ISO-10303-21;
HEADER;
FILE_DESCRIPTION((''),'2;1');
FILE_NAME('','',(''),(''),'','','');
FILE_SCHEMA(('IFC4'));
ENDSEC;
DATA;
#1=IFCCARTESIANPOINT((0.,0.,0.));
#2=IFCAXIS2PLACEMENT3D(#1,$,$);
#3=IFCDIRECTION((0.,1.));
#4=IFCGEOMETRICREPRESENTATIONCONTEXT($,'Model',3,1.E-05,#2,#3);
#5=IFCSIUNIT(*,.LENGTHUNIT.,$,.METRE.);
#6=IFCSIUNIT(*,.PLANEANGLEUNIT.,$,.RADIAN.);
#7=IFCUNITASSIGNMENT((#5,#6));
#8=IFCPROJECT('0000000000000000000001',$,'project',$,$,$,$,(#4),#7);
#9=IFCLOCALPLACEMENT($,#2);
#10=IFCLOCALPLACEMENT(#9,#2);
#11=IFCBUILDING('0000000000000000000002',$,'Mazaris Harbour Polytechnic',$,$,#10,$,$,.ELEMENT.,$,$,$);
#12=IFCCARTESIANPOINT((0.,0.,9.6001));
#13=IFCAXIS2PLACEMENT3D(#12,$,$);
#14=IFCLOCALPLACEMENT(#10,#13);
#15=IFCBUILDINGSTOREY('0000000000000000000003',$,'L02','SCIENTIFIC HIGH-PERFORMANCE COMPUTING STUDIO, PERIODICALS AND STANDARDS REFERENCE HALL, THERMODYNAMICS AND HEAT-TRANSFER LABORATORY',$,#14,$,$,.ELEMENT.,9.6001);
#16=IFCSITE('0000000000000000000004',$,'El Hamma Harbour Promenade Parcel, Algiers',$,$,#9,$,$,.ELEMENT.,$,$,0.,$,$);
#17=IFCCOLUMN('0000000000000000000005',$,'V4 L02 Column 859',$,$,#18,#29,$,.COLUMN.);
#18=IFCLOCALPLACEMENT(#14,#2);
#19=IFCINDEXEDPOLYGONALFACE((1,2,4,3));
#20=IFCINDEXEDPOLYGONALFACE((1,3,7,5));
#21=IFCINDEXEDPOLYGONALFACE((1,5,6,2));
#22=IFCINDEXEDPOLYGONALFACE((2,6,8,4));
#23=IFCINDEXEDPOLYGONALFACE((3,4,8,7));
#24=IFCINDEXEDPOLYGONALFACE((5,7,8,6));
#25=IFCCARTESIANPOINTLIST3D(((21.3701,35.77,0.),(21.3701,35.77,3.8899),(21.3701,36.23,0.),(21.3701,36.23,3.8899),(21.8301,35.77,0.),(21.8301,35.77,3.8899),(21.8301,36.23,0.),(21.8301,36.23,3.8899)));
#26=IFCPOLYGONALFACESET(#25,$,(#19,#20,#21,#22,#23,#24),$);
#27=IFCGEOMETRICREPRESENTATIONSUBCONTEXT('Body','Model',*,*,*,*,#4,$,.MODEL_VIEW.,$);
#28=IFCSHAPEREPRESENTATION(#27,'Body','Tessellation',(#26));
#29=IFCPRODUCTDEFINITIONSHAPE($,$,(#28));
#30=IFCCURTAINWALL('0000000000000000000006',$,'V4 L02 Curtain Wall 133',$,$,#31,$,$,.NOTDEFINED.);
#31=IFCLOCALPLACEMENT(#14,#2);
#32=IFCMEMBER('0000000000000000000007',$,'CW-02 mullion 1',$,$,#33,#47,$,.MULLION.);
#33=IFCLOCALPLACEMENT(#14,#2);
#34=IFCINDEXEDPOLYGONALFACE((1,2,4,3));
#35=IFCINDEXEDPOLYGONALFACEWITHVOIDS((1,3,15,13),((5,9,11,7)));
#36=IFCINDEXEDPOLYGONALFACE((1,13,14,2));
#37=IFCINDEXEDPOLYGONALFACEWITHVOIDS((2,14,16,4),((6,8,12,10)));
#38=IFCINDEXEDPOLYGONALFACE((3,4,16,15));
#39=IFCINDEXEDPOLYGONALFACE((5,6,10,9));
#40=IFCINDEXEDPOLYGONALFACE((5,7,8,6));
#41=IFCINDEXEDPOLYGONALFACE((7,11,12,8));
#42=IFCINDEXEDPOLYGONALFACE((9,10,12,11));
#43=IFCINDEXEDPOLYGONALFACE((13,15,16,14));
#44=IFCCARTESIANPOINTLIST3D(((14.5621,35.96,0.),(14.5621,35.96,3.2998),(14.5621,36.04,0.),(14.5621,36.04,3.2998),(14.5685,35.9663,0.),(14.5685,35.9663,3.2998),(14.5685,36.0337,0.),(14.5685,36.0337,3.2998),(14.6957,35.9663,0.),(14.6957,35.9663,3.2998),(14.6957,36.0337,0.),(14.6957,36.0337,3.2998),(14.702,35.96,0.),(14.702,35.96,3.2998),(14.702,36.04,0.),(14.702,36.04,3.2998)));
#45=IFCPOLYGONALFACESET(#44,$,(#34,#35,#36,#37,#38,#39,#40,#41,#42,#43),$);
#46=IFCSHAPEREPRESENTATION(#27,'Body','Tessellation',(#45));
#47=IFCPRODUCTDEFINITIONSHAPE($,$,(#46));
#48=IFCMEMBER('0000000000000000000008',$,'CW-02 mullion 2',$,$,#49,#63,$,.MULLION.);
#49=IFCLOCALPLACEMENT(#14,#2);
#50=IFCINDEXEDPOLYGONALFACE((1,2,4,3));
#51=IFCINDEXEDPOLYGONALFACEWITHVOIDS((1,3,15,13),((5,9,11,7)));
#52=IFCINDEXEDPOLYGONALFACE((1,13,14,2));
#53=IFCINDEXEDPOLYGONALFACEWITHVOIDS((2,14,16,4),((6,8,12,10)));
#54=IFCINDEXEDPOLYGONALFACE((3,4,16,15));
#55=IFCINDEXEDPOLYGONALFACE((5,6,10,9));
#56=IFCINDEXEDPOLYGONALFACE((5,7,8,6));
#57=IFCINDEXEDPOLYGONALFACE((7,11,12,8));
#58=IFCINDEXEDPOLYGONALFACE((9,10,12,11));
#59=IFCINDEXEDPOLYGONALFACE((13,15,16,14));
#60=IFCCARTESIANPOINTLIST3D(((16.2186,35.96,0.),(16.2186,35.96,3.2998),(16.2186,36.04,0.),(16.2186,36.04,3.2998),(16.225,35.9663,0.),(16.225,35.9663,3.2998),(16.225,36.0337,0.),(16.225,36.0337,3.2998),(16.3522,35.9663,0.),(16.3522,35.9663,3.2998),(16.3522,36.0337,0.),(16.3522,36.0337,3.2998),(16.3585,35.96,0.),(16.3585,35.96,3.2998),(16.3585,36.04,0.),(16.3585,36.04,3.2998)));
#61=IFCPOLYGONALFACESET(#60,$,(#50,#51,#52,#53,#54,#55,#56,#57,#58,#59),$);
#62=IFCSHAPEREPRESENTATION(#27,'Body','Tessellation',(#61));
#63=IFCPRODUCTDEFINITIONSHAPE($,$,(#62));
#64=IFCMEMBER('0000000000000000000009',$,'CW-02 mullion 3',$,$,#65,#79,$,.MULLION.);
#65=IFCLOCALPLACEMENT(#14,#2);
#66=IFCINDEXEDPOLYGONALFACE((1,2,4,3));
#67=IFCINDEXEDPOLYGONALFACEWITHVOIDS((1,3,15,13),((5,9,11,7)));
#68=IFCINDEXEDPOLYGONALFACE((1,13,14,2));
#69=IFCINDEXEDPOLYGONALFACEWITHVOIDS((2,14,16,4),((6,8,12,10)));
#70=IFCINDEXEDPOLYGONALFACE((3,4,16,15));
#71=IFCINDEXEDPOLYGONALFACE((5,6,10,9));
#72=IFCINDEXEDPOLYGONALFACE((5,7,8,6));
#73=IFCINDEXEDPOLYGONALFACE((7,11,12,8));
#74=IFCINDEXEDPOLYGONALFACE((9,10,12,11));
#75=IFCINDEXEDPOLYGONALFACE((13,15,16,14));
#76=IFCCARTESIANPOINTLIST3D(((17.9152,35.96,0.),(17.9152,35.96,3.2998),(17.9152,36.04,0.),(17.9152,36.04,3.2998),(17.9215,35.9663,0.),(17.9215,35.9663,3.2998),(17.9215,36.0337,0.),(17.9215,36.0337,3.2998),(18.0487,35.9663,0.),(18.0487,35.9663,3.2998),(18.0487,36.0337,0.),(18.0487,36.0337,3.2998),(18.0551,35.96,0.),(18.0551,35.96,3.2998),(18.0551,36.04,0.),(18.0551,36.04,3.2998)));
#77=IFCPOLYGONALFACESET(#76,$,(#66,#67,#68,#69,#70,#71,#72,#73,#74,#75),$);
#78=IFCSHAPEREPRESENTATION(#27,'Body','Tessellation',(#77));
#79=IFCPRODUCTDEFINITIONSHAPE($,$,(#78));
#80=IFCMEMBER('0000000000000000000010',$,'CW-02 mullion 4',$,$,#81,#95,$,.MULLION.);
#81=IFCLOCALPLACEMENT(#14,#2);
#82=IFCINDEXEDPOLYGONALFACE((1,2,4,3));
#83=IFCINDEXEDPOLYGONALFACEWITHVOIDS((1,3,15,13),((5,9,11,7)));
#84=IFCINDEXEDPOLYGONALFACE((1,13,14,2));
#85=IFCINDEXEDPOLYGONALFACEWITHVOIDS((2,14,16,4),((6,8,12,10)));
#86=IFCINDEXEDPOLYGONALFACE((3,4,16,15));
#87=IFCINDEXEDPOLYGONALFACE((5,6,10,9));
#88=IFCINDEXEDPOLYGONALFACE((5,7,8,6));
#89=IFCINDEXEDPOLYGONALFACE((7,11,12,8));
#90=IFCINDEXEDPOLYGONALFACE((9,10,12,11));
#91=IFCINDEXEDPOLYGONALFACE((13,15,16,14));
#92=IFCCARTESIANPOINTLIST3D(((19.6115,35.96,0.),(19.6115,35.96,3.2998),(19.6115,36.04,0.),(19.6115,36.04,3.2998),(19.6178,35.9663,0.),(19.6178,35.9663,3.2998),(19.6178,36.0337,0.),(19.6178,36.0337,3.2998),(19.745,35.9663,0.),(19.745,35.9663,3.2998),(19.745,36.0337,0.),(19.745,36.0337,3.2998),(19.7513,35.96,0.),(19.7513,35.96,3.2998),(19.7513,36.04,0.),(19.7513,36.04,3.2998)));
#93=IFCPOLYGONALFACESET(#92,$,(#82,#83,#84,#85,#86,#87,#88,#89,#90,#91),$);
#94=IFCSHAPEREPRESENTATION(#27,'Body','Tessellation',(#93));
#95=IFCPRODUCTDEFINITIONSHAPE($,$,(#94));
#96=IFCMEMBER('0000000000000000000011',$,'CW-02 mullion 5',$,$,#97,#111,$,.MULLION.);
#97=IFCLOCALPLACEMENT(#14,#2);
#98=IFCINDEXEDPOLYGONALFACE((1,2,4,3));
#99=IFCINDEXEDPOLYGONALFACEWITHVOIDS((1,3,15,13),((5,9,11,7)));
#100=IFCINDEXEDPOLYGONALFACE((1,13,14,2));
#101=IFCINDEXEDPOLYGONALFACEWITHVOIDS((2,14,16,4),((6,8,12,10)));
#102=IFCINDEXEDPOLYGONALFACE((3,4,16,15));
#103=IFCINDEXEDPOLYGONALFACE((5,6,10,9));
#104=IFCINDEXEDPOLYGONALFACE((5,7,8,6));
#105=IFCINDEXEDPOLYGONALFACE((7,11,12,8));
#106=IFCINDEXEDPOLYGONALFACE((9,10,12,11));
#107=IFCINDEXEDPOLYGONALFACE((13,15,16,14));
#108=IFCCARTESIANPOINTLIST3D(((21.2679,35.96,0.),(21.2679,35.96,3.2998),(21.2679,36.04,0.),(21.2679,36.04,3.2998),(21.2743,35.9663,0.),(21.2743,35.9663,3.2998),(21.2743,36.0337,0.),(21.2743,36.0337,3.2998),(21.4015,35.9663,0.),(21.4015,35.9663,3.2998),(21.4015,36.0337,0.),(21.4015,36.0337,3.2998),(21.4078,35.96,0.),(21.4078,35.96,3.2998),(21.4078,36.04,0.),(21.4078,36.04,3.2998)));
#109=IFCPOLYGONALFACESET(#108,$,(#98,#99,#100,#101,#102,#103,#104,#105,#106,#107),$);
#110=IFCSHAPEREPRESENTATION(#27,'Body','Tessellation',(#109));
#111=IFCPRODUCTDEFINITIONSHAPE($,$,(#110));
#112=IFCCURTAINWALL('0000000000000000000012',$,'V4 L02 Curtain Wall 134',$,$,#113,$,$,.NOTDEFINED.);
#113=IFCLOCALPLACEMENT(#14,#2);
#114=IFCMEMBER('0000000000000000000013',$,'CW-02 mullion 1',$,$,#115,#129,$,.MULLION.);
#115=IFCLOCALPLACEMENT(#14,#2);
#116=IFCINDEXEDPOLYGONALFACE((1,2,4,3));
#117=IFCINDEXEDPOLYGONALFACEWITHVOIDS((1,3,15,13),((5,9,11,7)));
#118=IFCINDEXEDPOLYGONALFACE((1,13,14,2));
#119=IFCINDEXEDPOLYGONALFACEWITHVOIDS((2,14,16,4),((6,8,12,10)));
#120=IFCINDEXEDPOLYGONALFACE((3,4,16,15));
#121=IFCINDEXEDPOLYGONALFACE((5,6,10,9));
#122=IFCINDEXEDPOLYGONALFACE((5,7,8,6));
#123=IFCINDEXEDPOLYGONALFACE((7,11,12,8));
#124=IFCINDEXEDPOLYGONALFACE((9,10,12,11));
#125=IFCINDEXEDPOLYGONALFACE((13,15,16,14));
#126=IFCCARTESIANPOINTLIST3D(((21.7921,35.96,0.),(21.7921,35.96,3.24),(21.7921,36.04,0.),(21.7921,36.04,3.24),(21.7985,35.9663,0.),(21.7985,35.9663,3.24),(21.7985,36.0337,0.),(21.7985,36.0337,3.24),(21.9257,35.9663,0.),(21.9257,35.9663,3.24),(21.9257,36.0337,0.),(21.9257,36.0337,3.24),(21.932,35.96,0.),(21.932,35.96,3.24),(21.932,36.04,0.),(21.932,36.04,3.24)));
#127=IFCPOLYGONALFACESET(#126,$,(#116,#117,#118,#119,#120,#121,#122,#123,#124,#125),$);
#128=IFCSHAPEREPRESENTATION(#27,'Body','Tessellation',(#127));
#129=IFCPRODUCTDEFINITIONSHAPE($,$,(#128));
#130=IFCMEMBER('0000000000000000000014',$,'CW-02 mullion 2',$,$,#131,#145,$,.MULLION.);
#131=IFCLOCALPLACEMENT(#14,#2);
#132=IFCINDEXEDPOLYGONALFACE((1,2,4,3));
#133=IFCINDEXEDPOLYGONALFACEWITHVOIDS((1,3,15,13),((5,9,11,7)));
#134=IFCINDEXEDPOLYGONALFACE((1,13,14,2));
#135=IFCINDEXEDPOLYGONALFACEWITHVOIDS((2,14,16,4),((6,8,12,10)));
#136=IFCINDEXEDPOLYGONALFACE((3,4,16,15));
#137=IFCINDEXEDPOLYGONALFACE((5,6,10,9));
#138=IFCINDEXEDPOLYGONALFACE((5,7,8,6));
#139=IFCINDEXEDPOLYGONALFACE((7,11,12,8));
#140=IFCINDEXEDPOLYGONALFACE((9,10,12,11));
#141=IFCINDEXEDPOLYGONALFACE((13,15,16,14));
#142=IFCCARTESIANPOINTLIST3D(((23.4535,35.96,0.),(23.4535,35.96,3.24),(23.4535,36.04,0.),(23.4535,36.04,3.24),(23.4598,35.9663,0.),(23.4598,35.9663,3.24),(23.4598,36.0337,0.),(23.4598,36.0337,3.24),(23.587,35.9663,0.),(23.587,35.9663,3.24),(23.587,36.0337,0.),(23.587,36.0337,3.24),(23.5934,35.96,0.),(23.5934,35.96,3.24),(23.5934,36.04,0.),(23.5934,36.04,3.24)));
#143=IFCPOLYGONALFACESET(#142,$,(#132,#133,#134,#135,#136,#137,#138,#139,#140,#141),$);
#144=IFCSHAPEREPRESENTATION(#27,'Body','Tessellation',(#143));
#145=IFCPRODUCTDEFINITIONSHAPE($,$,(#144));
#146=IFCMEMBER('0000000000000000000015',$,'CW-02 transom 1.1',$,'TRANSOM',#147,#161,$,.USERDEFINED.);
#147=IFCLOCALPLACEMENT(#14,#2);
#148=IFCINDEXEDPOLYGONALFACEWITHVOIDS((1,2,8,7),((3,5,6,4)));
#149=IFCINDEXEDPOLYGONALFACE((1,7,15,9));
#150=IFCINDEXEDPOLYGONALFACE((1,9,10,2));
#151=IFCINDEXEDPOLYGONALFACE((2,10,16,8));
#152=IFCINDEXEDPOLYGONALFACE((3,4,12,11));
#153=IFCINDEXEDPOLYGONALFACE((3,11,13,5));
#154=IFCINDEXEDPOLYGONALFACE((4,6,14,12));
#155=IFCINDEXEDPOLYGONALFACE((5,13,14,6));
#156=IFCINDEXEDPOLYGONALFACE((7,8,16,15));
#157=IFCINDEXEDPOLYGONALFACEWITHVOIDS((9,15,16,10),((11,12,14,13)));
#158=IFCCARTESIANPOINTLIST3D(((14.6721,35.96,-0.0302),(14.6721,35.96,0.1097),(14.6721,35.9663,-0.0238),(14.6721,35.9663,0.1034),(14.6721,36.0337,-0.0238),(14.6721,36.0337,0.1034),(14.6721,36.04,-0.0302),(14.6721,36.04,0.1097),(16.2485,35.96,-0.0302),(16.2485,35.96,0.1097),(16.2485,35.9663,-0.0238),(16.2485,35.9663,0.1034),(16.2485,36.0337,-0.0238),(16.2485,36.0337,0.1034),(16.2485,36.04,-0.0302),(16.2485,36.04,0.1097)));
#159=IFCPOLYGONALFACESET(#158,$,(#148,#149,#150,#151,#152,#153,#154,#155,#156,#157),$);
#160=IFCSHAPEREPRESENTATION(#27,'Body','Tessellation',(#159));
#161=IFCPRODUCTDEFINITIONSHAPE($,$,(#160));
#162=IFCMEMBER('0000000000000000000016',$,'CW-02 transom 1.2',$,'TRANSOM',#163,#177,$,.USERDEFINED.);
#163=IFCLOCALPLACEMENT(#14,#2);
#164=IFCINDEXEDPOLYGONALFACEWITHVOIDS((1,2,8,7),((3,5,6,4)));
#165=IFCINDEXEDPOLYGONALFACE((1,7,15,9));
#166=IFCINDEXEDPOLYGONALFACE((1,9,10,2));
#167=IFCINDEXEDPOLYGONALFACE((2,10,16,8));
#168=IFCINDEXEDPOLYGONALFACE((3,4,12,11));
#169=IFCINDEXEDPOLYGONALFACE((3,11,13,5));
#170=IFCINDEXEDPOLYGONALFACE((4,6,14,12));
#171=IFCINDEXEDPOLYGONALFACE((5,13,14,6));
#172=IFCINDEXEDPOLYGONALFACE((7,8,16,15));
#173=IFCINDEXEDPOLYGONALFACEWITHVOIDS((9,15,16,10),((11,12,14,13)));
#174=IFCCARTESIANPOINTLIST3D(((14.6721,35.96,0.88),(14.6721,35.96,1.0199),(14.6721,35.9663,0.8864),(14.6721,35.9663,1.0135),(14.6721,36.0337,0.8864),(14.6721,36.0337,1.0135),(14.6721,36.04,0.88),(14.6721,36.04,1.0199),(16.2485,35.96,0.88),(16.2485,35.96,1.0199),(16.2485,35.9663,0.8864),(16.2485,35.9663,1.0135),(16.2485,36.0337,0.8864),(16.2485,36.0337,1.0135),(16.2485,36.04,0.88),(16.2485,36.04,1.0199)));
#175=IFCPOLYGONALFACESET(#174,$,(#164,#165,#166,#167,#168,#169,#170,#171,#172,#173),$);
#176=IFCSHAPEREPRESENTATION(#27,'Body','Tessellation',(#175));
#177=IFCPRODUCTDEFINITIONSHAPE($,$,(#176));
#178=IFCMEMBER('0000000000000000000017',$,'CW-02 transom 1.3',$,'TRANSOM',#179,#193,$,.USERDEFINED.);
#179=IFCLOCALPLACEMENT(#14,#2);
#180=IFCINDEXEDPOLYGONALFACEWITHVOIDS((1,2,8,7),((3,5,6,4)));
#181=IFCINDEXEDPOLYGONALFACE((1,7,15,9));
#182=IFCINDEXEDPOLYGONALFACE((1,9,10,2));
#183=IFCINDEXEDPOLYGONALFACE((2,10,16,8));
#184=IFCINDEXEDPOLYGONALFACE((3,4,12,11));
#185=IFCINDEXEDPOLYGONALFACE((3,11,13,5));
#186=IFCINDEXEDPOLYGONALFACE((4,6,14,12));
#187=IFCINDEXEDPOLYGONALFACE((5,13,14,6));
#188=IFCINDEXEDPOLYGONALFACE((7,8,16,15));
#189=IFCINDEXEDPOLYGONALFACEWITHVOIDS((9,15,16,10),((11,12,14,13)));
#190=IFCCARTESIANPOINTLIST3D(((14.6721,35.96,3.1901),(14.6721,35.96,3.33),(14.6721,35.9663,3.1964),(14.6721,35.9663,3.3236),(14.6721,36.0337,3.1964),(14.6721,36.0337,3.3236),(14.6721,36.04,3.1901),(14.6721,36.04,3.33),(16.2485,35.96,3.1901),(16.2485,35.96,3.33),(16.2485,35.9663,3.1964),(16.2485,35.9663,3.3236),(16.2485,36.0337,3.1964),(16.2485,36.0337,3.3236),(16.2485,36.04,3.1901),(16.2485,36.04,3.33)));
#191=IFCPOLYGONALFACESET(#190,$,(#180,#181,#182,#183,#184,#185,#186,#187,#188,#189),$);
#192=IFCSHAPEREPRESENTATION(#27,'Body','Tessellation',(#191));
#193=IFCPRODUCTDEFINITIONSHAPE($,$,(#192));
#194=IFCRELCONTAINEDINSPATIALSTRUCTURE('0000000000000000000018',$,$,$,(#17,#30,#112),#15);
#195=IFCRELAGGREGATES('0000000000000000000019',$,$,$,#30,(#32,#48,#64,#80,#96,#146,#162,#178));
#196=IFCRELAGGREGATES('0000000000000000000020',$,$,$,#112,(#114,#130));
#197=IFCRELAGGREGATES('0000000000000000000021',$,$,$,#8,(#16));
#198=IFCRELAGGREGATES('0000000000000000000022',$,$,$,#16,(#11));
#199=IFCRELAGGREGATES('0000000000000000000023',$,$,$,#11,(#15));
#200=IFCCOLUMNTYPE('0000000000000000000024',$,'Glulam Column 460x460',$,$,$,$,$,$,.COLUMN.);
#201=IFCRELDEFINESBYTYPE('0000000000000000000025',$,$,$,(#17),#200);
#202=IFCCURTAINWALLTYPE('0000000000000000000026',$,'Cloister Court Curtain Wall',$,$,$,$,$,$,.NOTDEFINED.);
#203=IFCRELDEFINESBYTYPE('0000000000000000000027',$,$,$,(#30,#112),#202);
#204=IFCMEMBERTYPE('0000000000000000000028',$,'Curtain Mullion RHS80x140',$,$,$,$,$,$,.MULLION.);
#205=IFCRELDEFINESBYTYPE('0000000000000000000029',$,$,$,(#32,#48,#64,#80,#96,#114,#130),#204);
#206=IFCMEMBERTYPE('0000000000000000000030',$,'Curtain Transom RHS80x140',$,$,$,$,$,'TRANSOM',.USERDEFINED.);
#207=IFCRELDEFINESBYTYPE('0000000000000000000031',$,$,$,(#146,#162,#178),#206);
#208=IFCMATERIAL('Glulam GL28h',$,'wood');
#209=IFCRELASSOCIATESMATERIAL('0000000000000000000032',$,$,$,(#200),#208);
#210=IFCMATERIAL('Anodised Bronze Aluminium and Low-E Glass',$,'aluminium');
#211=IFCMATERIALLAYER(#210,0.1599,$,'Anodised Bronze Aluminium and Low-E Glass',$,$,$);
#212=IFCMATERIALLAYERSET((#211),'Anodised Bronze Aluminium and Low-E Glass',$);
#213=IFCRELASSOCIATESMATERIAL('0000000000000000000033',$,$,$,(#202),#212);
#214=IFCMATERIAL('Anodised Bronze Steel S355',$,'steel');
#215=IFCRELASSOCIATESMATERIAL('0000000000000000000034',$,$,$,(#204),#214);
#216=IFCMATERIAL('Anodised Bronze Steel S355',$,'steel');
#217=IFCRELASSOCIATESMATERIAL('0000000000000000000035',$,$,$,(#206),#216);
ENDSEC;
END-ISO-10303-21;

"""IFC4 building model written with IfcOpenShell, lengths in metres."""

from ifc_helpers import new_model, si_unit, direction, frame, origin, origin_2d, place, context, subcontext, project, spatial, rectangle, hollow_rectangle, extrude, material, layer, layer_set, material_profile, profile_set, type_object, element, aggregate, save


model = new_model("IFC4")

# Units and contexts
model_context = context("Model", 3, precision=1e-05, world=origin(), true_north=direction((0.0, 1.0)))
body_context = subcontext(model_context, "Body", "Model", "MODEL_VIEW")
ifc_project = project(units=[si_unit("LENGTHUNIT", "METRE"), si_unit("PLANEANGLEUNIT", "RADIAN")], contexts=[model_context])

# Site, building, storey
site_placement = place(None, origin())
site = spatial("IfcSite", under=ifc_project, at=site_placement, Name="El Hamma Harbour Promenade Parcel, Algiers", CompositionType="ELEMENT", RefElevation=0.0)
building_placement = place(site_placement, origin())
building = spatial("IfcBuilding", under=site, at=building_placement, Name="Mazaris Harbour Polytechnic", CompositionType="ELEMENT")
storey_placement = place(building_placement, frame((0.0, 0.0, 9.6001)))
storey = spatial("IfcBuildingStorey", under=building, at=storey_placement, Name="L02", Description="SCIENTIFIC HIGH-PERFORMANCE COMPUTING STUDIO, PERIODICALS AND STANDARDS REFERENCE HALL, THERMODYNAMICS AND HEAT-TRANSFER LABORATORY", CompositionType="ELEMENT", Elevation=9.6001)

# Column
ifc_material_1 = material(Name="Glulam GL28h", Category="wood")
ifc_material_profile_1 = material_profile(ifc_material_1, rectangle(XDim=0.46, YDim=0.46, at=origin_2d()), Name="RECT460x460")
ifc_profile_set_1 = profile_set([ifc_material_profile_1], Name="Glulam GL28h")
column_type = type_object("IfcColumnType", Name="Glulam Column 460x460", PredefinedType="COLUMN", material=ifc_profile_set_1)
column_placement = place(storey_placement, frame((21.6001, 36.0, 0.0), z_axis=(0.0, 0.0, 1.0), x_axis=(1.0, 0.0, 0.0)))
element("IfcColumn", 1, at=column_placement, inside=storey, type_object=column_type, Name="V4 L02 Column 859", PredefinedType="COLUMN", context=body_context, shape_type="SweptSolid", body=[
    extrude(rectangle(XDim=0.46, YDim=0.46, at=origin_2d()), origin(), (0.0, 0.0, 1.0), 3.8899),
])

# Curtain walls, members
ifc_material_2 = material(Name="Anodised Bronze Aluminium and Low-E Glass", Category="aluminium")
ifc_layer_1 = layer(ifc_material_2, 0.1599, Name="Anodised Bronze Aluminium and Low-E Glass")
ifc_layer_set_1 = layer_set([ifc_layer_1], Name="Anodised Bronze Aluminium and Low-E Glass")
curtain_wall_type = type_object("IfcCurtainWallType", Name="Cloister Court Curtain Wall", PredefinedType="NOTDEFINED", material=ifc_layer_set_1)
curtain_wall_1_placement = place(storey_placement, origin())
curtain_wall_1 = element("IfcCurtainWall", 2, at=curtain_wall_1_placement, inside=storey, type_object=curtain_wall_type, Name="V4 L02 Curtain Wall 133", PredefinedType="NOTDEFINED")
ifc_material_3 = material(Name="Anodised Bronze Steel S355", Category="steel")
ifc_material_profile_2 = material_profile(ifc_material_3, hollow_rectangle(XDim=0.0801, YDim=0.1399, WallThickness=0.0063, at=origin_2d()), Name="RHS 80x140x6.3")
ifc_profile_set_2 = profile_set([ifc_material_profile_2], Name="Anodised Bronze Steel S355")
member_type_1 = type_object("IfcMemberType", Name="Curtain Mullion RHS80x140", PredefinedType="MULLION", material=ifc_profile_set_2)
member_1_placement = place(storey_placement, frame((14.6321, 36.0, 0.0), z_axis=(0.0, 0.0, 1.0), x_axis=(0.0, 1.0, 0.0)))
member_1 = element("IfcMember", 3, at=member_1_placement, type_object=member_type_1, Name="CW-02 mullion 1", PredefinedType="MULLION", context=body_context, shape_type="SweptSolid", body=[
    extrude(hollow_rectangle(XDim=0.0801, YDim=0.1399, WallThickness=0.0063, at=origin_2d()), origin(), (0.0, 0.0, 1.0), 3.2998),
])
member_2_placement = place(storey_placement, frame((16.2886, 36.0, 0.0), z_axis=(0.0, 0.0, 1.0), x_axis=(0.0, 1.0, 0.0)))
member_2 = element("IfcMember", 4, at=member_2_placement, type_object=member_type_1, Name="CW-02 mullion 2", PredefinedType="MULLION", context=body_context, shape_type="SweptSolid", body=[
    extrude(hollow_rectangle(XDim=0.0801, YDim=0.1399, WallThickness=0.0063, at=origin_2d()), origin(), (0.0, 0.0, 1.0), 3.2998),
])
member_3_placement = place(storey_placement, frame((17.9851, 36.0, 0.0), z_axis=(0.0, 0.0, 1.0), x_axis=(0.0, 1.0, 0.0)))
member_3 = element("IfcMember", 5, at=member_3_placement, type_object=member_type_1, Name="CW-02 mullion 3", PredefinedType="MULLION", context=body_context, shape_type="SweptSolid", body=[
    extrude(hollow_rectangle(XDim=0.0801, YDim=0.1399, WallThickness=0.0063, at=origin_2d()), origin(), (0.0, 0.0, 1.0), 3.2998),
])
member_4_placement = place(storey_placement, frame((19.6814, 36.0, 0.0), z_axis=(0.0, 0.0, 1.0), x_axis=(0.0, 1.0, 0.0)))
member_4 = element("IfcMember", 6, at=member_4_placement, type_object=member_type_1, Name="CW-02 mullion 4", PredefinedType="MULLION", context=body_context, shape_type="SweptSolid", body=[
    extrude(hollow_rectangle(XDim=0.0801, YDim=0.1399, WallThickness=0.0063, at=origin_2d()), origin(), (0.0, 0.0, 1.0), 3.2998),
])
member_5_placement = place(storey_placement, frame((21.3379, 36.0, 0.0), z_axis=(0.0, 0.0, 1.0), x_axis=(0.0, 1.0, 0.0)))
member_5 = element("IfcMember", 7, at=member_5_placement, type_object=member_type_1, Name="CW-02 mullion 5", PredefinedType="MULLION", context=body_context, shape_type="SweptSolid", body=[
    extrude(hollow_rectangle(XDim=0.0801, YDim=0.1399, WallThickness=0.0063, at=origin_2d()), origin(), (0.0, 0.0, 1.0), 3.2998),
])
curtain_wall_2_placement = place(storey_placement, origin())
curtain_wall_2 = element("IfcCurtainWall", 8, at=curtain_wall_2_placement, inside=storey, type_object=curtain_wall_type, Name="V4 L02 Curtain Wall 134", PredefinedType="NOTDEFINED")
member_6_placement = place(storey_placement, frame((21.8621, 36.0, 0.0), z_axis=(0.0, 0.0, 1.0), x_axis=(0.0, 1.0, 0.0)))
member_6 = element("IfcMember", 9, at=member_6_placement, type_object=member_type_1, Name="CW-02 mullion 1", PredefinedType="MULLION", context=body_context, shape_type="SweptSolid", body=[
    extrude(hollow_rectangle(XDim=0.0801, YDim=0.1399, WallThickness=0.0063, at=origin_2d()), origin(), (0.0, 0.0, 1.0), 3.24),
])
member_7_placement = place(storey_placement, frame((23.5234, 36.0, 0.0), z_axis=(0.0, 0.0, 1.0), x_axis=(0.0, 1.0, 0.0)))
member_7 = element("IfcMember", 10, at=member_7_placement, type_object=member_type_1, Name="CW-02 mullion 2", PredefinedType="MULLION", context=body_context, shape_type="SweptSolid", body=[
    extrude(hollow_rectangle(XDim=0.0801, YDim=0.1399, WallThickness=0.0063, at=origin_2d()), origin(), (0.0, 0.0, 1.0), 3.24),
])

# Members
ifc_material_4 = material(Name="Anodised Bronze Steel S355", Category="steel")
ifc_material_profile_3 = material_profile(ifc_material_4, hollow_rectangle(XDim=0.0801, YDim=0.1399, WallThickness=0.0063, at=origin_2d()), Name="RHS 80x140x6.3")
ifc_profile_set_3 = profile_set([ifc_material_profile_3], Name="Anodised Bronze Steel S355")
member_type_2 = type_object("IfcMemberType", Name="Curtain Transom RHS80x140", ElementType="TRANSOM", PredefinedType="USERDEFINED", material=ifc_profile_set_3)
member_8_placement = place(storey_placement, frame((14.6721, 36.0, 0.0398), z_axis=(1.0, 0.0, 0.0), x_axis=(0.0, 1.0, 0.0)))
member_8 = element("IfcMember", 11, at=member_8_placement, type_object=member_type_2, Name="CW-02 transom 1.1", ObjectType="TRANSOM", PredefinedType="USERDEFINED", context=body_context, shape_type="SweptSolid", body=[
    extrude(hollow_rectangle(XDim=0.0801, YDim=0.1399, WallThickness=0.0063, at=origin_2d()), origin(), (0.0, 0.0, 1.0), 1.5764),
])
member_9_placement = place(storey_placement, frame((14.6721, 36.0, 0.95), z_axis=(1.0, 0.0, 0.0), x_axis=(0.0, 1.0, 0.0)))
member_9 = element("IfcMember", 12, at=member_9_placement, type_object=member_type_2, Name="CW-02 transom 1.2", ObjectType="TRANSOM", PredefinedType="USERDEFINED", context=body_context, shape_type="SweptSolid", body=[
    extrude(hollow_rectangle(XDim=0.0801, YDim=0.1399, WallThickness=0.0063, at=origin_2d()), origin(), (0.0, 0.0, 1.0), 1.5764),
])
member_10_placement = place(storey_placement, frame((14.6721, 36.0, 3.26), z_axis=(1.0, 0.0, 0.0), x_axis=(0.0, 1.0, 0.0)))
member_10 = element("IfcMember", 13, at=member_10_placement, type_object=member_type_2, Name="CW-02 transom 1.3", ObjectType="TRANSOM", PredefinedType="USERDEFINED", context=body_context, shape_type="SweptSolid", body=[
    extrude(hollow_rectangle(XDim=0.0801, YDim=0.1399, WallThickness=0.0063, at=origin_2d()), origin(), (0.0, 0.0, 1.0), 1.5764),
])

aggregate(curtain_wall_1, [member_1, member_2, member_3, member_4, member_5, member_8, member_9, member_10])
aggregate(curtain_wall_2, [member_6, member_7])

save(model, "model.ifc")
